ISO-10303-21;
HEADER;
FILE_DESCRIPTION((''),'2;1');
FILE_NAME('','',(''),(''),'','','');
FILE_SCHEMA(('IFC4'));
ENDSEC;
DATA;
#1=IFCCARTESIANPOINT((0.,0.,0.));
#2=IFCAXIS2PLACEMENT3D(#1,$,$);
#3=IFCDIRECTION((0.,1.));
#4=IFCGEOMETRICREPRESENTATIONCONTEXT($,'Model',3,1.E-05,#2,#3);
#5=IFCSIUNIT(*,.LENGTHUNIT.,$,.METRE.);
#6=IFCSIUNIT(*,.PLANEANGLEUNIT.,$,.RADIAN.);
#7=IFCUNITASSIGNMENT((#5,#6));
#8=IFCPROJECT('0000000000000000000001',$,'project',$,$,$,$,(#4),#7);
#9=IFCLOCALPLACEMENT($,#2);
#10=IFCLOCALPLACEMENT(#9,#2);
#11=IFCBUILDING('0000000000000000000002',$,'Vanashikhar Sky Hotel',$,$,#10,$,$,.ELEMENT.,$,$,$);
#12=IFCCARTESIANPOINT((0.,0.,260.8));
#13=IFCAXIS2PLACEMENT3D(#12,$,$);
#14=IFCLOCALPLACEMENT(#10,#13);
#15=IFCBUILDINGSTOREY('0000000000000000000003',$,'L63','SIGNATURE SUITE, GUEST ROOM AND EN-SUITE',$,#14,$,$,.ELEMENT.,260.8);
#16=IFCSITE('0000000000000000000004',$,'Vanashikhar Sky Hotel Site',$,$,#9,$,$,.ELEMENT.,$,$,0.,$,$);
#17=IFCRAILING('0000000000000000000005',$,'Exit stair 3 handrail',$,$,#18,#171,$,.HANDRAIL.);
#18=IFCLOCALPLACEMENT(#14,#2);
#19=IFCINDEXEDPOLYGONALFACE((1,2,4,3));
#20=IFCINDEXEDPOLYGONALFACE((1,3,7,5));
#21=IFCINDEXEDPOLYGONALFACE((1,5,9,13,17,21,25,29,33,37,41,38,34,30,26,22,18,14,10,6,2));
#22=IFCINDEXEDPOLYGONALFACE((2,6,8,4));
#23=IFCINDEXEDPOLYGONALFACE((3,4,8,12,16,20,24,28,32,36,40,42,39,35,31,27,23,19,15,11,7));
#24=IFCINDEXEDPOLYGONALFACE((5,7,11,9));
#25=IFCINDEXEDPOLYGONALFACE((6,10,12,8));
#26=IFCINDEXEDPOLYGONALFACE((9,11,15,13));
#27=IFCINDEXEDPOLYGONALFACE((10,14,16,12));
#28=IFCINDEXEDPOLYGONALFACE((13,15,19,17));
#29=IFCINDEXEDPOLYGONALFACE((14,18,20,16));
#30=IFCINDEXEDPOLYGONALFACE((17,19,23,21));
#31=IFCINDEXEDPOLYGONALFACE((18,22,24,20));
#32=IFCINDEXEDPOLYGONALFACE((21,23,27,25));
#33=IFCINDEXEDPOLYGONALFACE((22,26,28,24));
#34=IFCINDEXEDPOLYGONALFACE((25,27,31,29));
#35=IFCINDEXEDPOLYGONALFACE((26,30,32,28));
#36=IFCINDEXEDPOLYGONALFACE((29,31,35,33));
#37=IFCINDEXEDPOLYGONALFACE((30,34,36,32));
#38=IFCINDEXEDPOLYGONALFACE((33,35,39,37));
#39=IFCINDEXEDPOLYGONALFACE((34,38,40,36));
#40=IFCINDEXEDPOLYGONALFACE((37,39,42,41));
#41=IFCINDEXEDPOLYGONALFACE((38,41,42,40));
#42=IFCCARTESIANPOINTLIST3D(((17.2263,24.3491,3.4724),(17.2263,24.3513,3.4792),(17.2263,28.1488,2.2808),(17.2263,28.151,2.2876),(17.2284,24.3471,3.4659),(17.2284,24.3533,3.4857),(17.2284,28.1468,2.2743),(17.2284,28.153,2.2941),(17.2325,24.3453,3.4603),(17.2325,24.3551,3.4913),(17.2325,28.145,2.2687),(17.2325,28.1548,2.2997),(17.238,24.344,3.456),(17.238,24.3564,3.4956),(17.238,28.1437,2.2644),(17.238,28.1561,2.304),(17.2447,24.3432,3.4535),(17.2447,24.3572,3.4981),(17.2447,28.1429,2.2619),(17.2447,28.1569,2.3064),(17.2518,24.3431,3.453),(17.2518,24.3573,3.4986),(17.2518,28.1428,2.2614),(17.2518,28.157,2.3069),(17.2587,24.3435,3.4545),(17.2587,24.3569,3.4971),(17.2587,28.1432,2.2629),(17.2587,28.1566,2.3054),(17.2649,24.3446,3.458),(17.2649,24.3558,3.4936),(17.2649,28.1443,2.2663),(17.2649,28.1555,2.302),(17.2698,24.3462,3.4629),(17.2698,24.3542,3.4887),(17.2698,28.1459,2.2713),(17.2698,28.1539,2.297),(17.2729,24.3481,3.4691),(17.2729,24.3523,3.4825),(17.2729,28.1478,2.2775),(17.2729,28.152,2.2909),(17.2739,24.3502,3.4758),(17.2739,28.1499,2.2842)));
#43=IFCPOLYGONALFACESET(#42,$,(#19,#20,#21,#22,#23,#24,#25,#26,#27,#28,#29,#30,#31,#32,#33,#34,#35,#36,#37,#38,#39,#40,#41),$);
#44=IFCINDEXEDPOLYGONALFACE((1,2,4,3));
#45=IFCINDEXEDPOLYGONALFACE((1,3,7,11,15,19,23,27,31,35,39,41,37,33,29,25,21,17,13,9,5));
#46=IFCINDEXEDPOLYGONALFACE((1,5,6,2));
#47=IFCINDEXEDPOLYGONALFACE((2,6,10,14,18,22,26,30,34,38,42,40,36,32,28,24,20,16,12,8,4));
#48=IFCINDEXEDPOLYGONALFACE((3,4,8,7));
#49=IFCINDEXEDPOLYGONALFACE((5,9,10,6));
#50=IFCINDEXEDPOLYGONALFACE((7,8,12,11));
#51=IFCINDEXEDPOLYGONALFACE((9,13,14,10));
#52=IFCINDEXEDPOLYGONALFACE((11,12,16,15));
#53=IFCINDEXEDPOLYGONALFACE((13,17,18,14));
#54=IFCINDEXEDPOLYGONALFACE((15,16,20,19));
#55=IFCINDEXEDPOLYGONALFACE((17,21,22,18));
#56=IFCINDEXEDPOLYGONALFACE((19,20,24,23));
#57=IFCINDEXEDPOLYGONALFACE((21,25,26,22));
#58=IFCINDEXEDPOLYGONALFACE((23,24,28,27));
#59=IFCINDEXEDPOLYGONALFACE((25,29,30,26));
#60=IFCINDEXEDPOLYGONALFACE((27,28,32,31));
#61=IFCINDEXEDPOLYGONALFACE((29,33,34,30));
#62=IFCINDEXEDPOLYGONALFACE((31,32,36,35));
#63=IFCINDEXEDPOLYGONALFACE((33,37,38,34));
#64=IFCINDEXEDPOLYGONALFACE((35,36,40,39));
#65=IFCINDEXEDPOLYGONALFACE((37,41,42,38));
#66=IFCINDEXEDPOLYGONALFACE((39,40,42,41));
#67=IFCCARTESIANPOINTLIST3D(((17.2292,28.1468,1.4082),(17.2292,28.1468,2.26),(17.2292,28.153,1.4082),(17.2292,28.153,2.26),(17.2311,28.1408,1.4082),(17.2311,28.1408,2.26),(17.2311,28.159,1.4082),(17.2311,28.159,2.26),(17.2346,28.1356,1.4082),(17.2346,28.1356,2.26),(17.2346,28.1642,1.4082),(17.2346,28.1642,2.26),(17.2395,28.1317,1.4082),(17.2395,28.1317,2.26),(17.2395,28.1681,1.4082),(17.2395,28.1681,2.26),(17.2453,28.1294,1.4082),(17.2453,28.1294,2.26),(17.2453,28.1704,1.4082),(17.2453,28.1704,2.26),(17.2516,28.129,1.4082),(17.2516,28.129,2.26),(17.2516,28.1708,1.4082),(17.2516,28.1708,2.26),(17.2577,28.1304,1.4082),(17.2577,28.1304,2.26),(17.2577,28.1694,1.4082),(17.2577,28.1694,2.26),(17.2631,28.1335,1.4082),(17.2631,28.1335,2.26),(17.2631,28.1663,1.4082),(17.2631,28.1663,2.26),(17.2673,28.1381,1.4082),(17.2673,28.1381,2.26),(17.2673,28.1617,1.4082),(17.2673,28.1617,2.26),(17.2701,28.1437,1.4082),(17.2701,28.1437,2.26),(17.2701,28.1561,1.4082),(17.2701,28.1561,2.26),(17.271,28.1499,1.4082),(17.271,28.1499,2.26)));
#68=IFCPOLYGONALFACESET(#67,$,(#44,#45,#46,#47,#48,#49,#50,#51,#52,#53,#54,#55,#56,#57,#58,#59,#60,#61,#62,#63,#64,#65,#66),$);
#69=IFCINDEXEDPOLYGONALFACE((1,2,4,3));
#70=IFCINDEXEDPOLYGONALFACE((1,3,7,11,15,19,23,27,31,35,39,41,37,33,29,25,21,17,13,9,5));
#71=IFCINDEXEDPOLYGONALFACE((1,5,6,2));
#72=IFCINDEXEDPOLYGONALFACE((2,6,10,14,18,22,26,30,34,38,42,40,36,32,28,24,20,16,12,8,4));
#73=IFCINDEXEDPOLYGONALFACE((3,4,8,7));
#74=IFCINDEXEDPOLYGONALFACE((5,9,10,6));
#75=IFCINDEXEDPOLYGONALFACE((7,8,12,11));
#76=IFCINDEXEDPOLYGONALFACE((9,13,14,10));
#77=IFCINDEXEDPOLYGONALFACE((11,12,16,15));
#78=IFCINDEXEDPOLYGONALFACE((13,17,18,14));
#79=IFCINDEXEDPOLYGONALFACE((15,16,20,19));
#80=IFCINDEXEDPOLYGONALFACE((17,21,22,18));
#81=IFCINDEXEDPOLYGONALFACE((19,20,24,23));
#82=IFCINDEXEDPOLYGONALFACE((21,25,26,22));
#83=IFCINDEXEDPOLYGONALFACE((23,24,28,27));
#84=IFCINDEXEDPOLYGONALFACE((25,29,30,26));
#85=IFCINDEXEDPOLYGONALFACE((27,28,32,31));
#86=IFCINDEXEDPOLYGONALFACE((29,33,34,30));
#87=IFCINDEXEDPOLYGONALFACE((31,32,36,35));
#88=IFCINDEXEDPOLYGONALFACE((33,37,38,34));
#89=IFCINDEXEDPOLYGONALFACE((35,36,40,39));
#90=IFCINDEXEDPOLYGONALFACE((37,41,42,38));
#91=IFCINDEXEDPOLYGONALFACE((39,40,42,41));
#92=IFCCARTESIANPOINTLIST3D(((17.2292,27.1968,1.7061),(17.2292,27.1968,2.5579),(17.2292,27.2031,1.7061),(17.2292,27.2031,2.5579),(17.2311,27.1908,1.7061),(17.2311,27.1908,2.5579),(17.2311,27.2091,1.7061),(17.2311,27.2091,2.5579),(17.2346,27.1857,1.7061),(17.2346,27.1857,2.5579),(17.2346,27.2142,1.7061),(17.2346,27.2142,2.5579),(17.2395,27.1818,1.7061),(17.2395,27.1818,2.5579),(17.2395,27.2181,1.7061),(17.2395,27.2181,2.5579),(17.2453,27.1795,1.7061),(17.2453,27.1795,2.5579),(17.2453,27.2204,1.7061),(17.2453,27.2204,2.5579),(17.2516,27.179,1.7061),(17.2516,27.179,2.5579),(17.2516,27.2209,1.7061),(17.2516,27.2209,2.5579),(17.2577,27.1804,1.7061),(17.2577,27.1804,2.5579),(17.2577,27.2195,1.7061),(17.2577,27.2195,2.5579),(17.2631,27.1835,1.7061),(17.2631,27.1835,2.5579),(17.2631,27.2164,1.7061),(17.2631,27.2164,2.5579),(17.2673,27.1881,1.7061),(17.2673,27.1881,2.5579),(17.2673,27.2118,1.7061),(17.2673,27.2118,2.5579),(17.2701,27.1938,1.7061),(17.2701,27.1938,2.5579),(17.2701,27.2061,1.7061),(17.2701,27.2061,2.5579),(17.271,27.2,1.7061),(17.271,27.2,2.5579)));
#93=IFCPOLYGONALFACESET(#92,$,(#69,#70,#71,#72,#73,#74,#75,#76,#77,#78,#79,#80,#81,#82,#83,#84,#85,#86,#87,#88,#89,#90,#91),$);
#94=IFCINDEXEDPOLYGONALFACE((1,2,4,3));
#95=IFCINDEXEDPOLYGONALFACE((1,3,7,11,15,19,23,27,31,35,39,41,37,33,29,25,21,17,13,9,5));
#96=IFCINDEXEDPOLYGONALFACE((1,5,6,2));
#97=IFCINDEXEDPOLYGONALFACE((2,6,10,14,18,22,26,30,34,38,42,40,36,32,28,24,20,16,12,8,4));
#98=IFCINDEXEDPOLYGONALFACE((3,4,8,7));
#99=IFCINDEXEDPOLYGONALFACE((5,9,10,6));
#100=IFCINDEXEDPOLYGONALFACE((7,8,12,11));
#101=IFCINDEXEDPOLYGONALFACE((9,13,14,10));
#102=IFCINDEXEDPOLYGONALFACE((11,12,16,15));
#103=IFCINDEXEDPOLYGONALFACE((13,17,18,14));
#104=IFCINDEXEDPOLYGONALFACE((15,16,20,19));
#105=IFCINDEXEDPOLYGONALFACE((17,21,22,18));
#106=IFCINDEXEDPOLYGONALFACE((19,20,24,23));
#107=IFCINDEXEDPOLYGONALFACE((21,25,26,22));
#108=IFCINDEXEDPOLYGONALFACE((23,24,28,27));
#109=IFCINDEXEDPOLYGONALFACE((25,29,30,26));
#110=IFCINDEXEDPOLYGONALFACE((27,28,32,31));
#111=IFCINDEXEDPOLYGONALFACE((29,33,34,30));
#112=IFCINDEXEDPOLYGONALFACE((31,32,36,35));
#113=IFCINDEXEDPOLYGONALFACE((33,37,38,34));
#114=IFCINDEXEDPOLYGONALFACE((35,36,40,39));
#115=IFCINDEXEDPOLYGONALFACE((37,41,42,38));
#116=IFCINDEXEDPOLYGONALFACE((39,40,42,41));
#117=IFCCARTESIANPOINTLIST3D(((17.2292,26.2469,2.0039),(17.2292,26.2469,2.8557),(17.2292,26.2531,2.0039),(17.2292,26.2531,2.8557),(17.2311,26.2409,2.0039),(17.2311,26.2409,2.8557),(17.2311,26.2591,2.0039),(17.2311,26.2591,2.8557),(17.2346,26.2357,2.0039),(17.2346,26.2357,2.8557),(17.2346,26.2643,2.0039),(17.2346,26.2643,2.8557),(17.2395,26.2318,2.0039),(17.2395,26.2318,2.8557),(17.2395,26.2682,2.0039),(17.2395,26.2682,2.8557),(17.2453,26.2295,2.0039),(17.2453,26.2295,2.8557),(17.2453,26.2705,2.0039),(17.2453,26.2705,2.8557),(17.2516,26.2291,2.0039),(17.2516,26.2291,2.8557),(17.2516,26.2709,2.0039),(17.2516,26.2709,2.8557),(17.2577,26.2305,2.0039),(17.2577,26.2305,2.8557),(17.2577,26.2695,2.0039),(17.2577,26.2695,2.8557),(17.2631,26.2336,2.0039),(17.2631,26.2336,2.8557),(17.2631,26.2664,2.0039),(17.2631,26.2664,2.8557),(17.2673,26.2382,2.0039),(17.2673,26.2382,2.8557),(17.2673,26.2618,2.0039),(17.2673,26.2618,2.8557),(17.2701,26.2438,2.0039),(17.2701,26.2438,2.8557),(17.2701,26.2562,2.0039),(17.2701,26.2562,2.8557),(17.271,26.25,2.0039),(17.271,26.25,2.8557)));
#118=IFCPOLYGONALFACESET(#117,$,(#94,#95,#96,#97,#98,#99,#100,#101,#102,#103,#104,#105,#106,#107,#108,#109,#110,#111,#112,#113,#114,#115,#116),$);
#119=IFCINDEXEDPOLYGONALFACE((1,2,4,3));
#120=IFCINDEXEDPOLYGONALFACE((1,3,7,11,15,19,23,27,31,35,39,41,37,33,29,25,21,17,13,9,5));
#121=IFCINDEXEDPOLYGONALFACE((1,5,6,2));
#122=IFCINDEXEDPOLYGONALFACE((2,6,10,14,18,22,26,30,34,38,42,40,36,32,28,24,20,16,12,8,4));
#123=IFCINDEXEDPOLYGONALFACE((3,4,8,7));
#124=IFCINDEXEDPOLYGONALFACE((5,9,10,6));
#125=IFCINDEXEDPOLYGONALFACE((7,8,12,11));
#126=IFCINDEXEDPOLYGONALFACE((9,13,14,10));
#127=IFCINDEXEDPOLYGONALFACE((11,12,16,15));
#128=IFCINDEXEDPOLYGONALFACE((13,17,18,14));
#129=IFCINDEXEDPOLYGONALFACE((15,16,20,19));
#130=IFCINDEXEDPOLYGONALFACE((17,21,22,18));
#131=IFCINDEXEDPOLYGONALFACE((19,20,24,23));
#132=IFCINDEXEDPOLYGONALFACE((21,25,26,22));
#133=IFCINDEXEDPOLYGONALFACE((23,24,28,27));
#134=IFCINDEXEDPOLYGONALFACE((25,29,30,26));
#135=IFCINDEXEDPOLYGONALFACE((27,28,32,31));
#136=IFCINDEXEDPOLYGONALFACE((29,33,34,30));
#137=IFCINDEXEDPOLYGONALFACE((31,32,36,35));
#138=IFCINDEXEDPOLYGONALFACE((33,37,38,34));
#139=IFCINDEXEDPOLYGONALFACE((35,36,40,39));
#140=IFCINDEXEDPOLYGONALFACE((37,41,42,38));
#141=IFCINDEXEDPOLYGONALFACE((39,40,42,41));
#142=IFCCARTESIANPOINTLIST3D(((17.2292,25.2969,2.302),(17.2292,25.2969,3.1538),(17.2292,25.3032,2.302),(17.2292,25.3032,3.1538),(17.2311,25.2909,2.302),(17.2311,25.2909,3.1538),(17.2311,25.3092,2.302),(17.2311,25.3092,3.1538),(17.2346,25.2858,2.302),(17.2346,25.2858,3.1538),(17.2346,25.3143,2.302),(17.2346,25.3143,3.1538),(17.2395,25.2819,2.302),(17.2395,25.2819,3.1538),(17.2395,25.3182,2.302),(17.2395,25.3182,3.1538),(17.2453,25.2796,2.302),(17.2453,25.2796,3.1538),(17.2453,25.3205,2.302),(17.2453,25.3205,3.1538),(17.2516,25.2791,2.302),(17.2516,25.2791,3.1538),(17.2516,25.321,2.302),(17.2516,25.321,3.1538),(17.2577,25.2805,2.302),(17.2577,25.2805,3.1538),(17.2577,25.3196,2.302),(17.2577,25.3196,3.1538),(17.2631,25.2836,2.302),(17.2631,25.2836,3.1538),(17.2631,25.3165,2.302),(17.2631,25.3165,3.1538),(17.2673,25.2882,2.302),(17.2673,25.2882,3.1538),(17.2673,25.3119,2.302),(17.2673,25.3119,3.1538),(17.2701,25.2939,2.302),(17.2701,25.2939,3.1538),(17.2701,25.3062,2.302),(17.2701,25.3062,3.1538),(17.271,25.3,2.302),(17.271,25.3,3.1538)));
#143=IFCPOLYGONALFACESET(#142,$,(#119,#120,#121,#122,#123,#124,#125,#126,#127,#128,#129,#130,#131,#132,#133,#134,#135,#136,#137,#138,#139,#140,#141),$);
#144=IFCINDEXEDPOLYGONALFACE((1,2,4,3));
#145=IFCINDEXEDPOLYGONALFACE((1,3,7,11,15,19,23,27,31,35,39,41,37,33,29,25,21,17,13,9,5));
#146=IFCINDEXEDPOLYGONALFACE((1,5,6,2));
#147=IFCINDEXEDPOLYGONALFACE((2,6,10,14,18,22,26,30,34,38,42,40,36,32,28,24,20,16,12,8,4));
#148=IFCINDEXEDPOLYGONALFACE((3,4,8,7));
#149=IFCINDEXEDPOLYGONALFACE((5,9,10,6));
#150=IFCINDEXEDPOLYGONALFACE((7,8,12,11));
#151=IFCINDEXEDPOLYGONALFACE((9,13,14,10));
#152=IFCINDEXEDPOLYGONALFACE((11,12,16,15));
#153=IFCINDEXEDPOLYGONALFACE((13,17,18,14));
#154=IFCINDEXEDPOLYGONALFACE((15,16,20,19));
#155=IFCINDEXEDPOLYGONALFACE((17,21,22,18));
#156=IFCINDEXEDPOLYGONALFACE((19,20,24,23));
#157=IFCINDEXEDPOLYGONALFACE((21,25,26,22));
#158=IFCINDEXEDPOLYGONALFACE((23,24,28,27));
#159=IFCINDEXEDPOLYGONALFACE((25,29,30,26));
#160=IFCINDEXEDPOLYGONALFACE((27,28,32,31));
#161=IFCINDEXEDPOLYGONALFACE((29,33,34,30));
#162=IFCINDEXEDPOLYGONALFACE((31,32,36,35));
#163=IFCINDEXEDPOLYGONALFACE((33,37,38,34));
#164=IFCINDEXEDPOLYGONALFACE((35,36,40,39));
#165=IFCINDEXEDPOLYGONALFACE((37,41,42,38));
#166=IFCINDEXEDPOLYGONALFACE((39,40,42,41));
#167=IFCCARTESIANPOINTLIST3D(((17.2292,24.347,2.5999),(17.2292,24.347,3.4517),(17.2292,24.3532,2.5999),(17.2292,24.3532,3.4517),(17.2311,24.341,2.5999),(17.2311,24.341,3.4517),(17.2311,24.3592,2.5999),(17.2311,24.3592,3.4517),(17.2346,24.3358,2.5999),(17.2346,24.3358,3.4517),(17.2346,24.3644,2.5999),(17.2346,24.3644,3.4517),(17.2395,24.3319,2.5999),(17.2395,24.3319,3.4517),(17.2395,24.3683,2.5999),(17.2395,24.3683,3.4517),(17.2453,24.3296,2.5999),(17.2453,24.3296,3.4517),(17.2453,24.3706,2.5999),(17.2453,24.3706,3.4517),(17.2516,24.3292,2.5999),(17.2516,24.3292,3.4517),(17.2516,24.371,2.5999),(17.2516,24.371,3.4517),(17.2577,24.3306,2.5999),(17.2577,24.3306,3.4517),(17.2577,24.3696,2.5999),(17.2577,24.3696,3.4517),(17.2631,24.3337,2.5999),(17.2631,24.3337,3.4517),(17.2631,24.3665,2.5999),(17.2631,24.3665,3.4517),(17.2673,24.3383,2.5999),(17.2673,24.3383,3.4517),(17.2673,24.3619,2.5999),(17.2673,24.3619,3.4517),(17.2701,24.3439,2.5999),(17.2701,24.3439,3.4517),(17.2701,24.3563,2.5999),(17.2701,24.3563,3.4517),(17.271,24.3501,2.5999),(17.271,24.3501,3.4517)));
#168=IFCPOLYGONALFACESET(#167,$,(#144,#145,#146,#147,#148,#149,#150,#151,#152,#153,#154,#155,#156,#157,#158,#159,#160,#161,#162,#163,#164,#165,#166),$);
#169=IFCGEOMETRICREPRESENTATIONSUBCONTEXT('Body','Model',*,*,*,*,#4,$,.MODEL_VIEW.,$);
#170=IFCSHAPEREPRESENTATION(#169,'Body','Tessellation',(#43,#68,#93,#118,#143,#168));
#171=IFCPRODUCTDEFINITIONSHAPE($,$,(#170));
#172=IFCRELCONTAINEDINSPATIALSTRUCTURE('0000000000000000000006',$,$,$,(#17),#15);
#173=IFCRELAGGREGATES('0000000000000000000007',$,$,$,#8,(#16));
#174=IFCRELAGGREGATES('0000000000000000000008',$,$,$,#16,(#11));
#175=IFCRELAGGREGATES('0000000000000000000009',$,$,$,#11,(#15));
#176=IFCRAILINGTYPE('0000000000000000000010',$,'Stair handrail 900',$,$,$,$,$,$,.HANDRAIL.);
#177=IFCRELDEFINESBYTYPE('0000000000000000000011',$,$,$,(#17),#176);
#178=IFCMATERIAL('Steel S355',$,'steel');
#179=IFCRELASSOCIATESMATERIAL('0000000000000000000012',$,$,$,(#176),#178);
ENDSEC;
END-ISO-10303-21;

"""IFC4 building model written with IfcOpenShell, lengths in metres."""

from ifc_helpers import new_model, si_unit, direction, frame, origin, origin_2d, place, context, subcontext, project, spatial, circle, extrude, source, transform, mapped, material, type_object, element, save


model = new_model("IFC4")

# Units and contexts
model_context = context("Model", 3, precision=1e-05, world=origin(), true_north=direction((0.0, 1.0)))
body_context = subcontext(model_context, "Body", "Model", "MODEL_VIEW")
ifc_project = project(units=[si_unit("LENGTHUNIT", "METRE"), si_unit("PLANEANGLEUNIT", "RADIAN")], contexts=[model_context])

# Site, building, storey
site_placement = place(None, origin())
site = spatial("IfcSite", under=ifc_project, at=site_placement, Name="Vanashikhar Sky Hotel Site", CompositionType="ELEMENT", RefElevation=0.0)
building_placement = place(site_placement, origin())
building = spatial("IfcBuilding", under=site, at=building_placement, Name="Vanashikhar Sky Hotel", CompositionType="ELEMENT")
storey_placement = place(building_placement, frame((0.0, 0.0, 260.8)))
storey = spatial("IfcBuildingStorey", under=building, at=storey_placement, Name="L63", Description="SIGNATURE SUITE, GUEST ROOM AND EN-SUITE", CompositionType="ELEMENT", Elevation=260.8)

# Railing
ifc_material_1 = material(Name="Steel S355", Category="steel")
railing_type = type_object("IfcRailingType", Name="Stair handrail 900", PredefinedType="HANDRAIL", material=ifc_material_1)
shared_shape_1 = source(origin(), body_context, "Body", "SweptSolid", [
    extrude(circle(Radius=0.0239, at=origin_2d()), frame((0.0, 0.0, 0.876), z_axis=(0.0, -0.954178, 0.299238), x_axis=(1.0, 0.0, 0.0)), (0.0, 0.0, 1.0), 3.9822),
    extrude(circle(Radius=0.021, at=origin_2d()), origin(), (0.0, 0.0, 1.0), 0.8518),
    extrude(circle(Radius=0.021, at=origin_2d()), frame((0.0, -0.95, 0.2979)), (0.0, 0.0, 1.0), 0.8518),
    extrude(circle(Radius=0.021, at=origin_2d()), frame((0.0, -1.8999, 0.5957)), (0.0, 0.0, 1.0), 0.8518),
    extrude(circle(Radius=0.021, at=origin_2d()), frame((0.0, -2.8499, 0.8938)), (0.0, 0.0, 1.0), 0.8518),
    extrude(circle(Radius=0.021, at=origin_2d()), frame((0.0, -3.7998, 1.1917)), (0.0, 0.0, 1.0), 0.8518),
])
railing_placement = place(storey_placement, frame((17.25, 28.1499, 1.4082)))
element("IfcRailing", 1, at=railing_placement, inside=storey, type_object=railing_type, Name="Exit stair 3 handrail", PredefinedType="HANDRAIL", context=body_context, shape_type="MappedRepresentation", body=[
    mapped(shared_shape_1, transform((0.0, 0.0, 0.0), scale=1.0)),
])

save(model, "model.ifc")
